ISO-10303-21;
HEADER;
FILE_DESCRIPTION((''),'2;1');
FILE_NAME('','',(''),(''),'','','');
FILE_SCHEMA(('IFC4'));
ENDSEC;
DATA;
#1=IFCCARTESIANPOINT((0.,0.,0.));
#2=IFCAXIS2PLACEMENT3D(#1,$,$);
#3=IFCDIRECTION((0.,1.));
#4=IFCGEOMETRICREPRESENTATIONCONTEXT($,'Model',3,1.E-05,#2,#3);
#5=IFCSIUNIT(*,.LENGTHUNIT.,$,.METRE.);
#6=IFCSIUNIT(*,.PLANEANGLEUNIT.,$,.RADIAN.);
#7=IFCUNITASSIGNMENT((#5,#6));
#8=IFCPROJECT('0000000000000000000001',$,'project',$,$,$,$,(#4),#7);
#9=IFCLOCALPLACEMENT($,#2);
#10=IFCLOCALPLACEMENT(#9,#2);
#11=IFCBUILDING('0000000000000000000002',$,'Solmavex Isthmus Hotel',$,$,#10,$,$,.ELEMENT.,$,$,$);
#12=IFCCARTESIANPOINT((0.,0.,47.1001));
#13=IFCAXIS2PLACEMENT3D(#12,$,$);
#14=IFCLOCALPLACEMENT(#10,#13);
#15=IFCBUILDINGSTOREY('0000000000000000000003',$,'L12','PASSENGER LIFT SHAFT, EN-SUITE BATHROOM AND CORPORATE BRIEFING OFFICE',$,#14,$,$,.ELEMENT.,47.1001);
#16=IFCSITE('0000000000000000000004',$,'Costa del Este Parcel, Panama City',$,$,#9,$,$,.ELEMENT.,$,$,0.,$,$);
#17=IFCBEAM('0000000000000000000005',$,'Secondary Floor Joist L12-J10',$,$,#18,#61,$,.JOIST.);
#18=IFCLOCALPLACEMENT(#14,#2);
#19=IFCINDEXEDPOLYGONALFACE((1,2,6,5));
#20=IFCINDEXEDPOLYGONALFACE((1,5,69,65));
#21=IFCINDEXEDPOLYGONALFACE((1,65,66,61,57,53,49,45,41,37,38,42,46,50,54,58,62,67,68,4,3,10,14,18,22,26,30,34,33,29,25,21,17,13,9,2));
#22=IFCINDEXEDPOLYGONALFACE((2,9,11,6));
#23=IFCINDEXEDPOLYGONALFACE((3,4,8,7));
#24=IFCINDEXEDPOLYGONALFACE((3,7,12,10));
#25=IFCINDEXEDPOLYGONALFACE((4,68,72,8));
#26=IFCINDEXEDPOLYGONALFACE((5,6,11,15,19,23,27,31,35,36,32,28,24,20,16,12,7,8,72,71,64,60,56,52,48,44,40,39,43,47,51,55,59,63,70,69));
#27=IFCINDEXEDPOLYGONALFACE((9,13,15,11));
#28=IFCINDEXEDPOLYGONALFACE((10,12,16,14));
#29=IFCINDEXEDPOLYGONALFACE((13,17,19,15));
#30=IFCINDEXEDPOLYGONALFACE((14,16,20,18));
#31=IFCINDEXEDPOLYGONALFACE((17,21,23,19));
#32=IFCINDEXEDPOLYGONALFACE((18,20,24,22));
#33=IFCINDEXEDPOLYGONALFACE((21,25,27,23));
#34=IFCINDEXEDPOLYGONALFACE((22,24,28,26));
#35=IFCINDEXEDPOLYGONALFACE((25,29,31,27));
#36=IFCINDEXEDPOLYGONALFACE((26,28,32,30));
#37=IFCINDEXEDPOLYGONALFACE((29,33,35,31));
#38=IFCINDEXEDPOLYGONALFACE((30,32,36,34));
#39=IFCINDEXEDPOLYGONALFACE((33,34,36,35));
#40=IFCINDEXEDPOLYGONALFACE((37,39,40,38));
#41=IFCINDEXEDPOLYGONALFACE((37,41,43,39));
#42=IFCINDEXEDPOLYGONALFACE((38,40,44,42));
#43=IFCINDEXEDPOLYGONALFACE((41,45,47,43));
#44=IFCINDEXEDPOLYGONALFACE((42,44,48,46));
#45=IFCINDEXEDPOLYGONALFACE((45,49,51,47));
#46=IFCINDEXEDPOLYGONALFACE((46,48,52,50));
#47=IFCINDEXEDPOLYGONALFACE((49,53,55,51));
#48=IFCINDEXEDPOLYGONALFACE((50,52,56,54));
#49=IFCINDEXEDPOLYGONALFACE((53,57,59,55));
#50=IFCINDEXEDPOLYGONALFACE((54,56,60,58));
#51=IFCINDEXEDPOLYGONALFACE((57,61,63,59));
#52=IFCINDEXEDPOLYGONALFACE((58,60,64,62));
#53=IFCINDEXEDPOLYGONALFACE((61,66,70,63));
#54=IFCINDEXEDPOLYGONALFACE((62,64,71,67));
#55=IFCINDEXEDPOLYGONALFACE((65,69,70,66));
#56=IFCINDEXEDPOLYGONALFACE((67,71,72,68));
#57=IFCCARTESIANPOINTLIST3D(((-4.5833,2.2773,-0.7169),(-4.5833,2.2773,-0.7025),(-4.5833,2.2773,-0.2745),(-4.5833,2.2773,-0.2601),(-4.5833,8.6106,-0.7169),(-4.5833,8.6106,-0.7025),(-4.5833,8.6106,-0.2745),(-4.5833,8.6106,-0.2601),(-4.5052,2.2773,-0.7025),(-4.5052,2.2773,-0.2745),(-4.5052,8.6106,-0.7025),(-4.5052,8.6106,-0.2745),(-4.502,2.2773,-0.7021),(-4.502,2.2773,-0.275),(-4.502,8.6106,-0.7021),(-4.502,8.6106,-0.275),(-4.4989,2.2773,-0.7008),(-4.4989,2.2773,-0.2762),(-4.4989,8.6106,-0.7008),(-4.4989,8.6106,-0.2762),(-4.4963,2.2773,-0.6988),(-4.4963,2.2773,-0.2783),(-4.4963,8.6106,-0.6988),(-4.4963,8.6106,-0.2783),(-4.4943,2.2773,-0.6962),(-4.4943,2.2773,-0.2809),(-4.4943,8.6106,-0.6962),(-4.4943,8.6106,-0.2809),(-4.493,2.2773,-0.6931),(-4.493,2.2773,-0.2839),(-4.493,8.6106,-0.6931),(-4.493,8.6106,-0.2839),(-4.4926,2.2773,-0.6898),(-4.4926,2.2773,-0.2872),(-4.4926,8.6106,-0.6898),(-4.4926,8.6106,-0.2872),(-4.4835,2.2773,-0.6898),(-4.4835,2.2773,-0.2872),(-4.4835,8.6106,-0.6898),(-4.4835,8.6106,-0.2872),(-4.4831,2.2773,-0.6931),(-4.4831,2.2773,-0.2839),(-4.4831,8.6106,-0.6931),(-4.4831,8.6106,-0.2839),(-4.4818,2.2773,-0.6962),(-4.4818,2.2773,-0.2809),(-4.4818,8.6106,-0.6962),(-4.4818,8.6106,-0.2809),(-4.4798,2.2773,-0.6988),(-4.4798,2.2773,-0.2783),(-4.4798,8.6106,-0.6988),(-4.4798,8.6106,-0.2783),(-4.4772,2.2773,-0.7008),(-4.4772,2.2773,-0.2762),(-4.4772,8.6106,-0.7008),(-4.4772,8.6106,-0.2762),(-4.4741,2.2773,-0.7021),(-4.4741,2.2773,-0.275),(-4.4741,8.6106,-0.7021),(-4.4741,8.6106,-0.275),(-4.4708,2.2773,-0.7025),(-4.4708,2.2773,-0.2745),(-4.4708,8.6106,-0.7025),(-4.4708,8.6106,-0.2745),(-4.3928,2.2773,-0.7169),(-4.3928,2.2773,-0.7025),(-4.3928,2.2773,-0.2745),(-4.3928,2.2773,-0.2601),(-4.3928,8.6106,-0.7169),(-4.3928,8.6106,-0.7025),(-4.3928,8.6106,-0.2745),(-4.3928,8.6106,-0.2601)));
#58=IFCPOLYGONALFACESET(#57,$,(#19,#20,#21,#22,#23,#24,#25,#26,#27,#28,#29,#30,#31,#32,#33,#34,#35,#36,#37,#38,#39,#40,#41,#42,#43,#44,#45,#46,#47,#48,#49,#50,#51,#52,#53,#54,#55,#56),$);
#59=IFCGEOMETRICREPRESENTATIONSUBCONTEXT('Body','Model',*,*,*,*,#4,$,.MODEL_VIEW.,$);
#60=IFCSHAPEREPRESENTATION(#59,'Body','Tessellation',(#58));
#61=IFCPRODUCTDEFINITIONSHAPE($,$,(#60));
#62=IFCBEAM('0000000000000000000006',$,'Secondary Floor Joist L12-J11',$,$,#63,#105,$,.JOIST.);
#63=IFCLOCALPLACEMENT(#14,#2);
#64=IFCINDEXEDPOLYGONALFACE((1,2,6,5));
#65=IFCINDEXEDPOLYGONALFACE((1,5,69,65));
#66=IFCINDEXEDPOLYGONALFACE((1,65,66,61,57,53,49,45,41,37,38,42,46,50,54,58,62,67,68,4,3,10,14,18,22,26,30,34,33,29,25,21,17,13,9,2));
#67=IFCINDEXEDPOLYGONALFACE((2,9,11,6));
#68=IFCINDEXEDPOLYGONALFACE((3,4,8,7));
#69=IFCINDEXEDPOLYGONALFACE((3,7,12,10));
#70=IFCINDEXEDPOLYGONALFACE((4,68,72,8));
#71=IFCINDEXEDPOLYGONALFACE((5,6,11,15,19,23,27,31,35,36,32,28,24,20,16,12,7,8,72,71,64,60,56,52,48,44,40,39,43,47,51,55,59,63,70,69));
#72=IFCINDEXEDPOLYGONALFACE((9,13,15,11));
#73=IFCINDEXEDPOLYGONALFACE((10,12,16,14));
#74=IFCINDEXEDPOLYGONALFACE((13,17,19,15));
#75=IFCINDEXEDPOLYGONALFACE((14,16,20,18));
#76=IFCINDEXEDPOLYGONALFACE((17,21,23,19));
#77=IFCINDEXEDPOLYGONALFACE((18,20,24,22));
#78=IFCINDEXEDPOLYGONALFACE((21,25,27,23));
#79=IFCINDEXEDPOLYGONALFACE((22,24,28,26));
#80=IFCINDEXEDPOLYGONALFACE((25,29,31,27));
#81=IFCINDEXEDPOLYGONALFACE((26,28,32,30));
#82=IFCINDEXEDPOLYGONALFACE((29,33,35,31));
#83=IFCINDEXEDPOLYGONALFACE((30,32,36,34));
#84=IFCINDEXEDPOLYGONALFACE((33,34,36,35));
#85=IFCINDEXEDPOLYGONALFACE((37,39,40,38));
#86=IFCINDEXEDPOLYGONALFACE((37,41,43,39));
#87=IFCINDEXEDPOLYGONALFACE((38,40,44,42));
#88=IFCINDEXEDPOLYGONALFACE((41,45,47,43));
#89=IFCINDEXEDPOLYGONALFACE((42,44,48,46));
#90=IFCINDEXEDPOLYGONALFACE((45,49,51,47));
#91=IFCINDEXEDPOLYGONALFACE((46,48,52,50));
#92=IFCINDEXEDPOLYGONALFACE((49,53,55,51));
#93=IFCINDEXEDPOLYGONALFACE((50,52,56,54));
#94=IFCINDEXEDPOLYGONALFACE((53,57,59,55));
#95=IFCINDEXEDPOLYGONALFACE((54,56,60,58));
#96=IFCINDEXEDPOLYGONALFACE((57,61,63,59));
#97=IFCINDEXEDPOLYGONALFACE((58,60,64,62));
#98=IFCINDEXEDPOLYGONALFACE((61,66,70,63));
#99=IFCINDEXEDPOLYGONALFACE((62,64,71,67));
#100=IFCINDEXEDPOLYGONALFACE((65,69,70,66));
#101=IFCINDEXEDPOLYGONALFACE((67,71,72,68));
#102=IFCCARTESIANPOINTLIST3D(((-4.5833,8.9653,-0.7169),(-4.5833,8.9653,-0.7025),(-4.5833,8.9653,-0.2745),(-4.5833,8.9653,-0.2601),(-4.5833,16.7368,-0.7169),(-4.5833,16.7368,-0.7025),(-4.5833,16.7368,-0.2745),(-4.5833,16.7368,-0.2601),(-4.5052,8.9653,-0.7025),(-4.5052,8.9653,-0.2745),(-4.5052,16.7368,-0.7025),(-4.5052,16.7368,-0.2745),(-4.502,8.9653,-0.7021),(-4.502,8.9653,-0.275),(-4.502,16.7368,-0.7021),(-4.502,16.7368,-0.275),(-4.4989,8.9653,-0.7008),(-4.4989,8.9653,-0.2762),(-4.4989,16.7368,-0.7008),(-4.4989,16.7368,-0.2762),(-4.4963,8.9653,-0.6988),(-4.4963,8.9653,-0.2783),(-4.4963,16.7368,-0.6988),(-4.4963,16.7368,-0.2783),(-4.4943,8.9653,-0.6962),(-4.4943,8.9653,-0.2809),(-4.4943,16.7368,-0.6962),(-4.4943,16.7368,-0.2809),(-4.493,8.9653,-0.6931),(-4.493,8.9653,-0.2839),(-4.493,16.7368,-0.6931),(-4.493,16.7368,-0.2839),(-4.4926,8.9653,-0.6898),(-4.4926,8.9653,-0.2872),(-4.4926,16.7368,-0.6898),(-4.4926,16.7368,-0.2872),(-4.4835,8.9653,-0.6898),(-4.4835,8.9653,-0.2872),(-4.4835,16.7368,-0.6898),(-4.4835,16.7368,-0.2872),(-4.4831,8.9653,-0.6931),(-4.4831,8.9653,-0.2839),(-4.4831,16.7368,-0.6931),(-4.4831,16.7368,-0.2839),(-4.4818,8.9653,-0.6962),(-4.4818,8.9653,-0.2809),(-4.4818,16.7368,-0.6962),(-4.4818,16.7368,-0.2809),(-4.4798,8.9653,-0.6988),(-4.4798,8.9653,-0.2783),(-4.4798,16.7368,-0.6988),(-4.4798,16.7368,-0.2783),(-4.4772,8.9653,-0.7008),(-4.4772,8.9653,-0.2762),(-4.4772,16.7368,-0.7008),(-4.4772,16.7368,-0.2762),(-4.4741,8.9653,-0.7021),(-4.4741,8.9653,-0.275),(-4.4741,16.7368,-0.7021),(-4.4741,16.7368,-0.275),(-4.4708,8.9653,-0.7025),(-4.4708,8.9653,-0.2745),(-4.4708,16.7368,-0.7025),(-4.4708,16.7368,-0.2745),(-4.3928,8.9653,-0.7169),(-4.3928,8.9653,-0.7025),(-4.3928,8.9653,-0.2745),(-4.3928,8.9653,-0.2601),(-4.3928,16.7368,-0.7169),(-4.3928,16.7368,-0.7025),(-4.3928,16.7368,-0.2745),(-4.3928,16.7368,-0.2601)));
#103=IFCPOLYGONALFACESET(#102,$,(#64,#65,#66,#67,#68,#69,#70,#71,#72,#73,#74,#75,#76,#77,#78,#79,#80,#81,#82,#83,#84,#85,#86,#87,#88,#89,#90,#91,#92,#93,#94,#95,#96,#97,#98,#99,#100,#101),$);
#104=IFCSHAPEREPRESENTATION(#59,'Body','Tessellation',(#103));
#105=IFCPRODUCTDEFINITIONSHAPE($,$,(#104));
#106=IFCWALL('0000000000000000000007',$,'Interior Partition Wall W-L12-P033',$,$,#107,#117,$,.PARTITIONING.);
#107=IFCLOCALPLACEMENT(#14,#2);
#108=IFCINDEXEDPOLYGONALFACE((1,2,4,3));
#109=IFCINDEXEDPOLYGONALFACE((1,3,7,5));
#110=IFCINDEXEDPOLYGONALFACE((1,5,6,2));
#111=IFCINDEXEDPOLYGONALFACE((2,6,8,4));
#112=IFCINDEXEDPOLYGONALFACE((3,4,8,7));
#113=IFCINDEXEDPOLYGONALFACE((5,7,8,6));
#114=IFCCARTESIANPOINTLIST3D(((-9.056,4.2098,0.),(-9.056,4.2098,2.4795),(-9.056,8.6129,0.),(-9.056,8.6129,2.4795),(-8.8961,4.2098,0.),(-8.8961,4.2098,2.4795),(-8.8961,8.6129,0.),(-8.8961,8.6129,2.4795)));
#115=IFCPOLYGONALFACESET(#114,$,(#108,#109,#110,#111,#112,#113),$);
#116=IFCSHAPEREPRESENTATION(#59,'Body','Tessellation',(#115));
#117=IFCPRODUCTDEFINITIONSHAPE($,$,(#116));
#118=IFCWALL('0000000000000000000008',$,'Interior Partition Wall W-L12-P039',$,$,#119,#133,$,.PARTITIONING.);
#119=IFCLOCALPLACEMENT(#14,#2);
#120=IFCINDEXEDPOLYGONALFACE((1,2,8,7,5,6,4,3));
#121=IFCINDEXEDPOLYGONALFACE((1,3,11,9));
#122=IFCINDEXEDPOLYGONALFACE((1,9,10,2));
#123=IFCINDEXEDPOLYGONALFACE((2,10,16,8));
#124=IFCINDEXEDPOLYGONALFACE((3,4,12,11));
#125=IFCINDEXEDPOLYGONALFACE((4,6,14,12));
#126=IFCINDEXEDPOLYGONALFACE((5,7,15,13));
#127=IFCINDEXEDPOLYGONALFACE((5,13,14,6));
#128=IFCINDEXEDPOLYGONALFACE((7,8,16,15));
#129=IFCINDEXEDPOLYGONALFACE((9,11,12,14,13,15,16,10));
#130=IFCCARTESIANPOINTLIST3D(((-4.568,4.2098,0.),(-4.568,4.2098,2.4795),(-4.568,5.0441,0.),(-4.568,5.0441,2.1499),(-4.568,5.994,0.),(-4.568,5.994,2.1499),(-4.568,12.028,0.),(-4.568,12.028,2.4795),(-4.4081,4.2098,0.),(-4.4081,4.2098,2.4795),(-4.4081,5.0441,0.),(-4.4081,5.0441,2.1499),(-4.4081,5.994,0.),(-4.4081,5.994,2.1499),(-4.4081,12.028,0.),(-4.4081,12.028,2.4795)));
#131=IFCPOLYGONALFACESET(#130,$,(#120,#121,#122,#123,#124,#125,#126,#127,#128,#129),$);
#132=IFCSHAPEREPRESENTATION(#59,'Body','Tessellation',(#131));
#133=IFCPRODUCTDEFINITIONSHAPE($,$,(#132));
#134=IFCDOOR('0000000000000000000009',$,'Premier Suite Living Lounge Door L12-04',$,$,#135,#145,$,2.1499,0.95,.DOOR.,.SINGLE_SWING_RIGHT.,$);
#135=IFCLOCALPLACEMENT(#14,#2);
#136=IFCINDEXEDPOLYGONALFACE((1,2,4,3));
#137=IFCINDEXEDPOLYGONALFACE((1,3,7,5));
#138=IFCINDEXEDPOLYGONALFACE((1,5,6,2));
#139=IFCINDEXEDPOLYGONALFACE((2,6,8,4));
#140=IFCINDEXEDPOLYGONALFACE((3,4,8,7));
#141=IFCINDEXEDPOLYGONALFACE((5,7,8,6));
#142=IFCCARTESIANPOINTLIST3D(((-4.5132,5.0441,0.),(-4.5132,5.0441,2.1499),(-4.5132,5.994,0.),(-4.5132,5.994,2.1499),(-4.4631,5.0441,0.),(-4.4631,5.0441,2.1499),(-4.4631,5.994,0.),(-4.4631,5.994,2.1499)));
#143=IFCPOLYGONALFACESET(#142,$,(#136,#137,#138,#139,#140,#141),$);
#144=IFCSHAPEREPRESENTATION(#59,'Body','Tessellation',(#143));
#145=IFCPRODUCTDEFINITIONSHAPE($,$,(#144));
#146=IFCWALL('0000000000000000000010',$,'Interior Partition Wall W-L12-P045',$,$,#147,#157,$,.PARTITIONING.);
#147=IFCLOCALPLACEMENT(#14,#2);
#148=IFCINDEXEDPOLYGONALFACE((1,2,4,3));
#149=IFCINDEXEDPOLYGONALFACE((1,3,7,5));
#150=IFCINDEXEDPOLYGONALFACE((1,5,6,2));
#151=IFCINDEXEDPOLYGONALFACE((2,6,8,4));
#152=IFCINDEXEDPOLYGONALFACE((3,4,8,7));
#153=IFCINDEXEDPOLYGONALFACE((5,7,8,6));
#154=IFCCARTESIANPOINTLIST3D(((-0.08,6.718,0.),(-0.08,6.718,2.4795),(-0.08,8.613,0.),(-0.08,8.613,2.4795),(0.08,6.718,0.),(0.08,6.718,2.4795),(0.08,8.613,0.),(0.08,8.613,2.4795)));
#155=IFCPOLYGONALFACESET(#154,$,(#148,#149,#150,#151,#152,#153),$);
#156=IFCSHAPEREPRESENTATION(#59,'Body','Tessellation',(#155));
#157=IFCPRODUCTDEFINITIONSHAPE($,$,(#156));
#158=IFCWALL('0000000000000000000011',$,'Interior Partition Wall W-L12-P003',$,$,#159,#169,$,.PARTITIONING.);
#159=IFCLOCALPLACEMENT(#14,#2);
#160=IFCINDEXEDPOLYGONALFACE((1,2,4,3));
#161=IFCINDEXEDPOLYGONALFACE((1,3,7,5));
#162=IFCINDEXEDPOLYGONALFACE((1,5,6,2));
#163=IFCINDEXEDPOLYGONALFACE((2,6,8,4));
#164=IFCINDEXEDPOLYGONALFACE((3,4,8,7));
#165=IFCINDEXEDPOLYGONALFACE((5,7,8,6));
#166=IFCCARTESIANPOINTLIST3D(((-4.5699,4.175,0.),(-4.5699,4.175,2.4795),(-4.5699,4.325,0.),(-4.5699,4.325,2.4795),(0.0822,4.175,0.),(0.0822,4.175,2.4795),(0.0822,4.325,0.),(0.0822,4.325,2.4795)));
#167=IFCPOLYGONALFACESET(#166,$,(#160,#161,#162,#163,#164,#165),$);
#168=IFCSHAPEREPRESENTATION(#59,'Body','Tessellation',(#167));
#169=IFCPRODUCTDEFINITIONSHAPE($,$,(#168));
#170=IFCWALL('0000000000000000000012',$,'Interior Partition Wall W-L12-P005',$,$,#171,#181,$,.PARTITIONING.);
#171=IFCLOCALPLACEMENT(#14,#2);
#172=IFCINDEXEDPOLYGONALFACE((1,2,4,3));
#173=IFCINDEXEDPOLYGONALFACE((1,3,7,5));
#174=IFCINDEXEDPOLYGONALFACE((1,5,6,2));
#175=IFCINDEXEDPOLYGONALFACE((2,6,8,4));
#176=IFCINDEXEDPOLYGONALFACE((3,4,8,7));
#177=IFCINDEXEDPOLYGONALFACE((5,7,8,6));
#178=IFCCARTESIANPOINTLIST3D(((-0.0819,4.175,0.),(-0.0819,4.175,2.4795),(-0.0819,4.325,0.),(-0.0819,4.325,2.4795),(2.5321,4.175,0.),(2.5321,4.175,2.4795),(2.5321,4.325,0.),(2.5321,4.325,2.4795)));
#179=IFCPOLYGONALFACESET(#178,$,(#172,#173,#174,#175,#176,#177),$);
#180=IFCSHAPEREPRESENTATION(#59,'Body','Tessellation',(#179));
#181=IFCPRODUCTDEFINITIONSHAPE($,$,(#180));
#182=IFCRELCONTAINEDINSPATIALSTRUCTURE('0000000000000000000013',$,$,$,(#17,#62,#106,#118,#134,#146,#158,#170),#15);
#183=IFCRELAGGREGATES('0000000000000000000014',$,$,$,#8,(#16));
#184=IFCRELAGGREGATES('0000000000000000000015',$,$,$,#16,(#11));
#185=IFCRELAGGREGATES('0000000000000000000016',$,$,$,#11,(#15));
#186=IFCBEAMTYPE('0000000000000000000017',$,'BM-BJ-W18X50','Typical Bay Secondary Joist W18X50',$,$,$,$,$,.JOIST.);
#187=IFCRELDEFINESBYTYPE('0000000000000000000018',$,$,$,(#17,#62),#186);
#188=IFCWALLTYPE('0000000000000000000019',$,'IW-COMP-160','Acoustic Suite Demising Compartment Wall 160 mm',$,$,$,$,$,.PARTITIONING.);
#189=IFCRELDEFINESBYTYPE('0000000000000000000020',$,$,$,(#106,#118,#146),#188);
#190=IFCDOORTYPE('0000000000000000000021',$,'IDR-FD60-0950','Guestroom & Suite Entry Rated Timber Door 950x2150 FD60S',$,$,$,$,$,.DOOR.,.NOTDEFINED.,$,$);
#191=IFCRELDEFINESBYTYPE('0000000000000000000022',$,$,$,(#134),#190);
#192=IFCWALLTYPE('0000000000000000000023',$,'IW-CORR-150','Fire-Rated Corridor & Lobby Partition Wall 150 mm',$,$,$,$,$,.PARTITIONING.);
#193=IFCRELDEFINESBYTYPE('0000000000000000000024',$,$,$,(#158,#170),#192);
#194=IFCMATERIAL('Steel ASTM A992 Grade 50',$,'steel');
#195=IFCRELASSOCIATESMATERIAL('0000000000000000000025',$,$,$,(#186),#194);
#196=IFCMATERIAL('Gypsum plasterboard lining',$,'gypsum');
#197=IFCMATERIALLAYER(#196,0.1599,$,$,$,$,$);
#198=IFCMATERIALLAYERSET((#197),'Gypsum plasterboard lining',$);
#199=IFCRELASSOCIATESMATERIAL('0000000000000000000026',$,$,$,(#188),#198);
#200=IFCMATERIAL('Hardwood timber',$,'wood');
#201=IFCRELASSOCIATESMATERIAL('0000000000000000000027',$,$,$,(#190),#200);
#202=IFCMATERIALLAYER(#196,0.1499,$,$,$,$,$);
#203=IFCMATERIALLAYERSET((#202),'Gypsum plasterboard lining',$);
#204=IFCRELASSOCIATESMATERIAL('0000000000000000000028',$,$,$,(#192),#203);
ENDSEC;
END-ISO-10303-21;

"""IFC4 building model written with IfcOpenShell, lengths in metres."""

from ifc_helpers import new_model, si_unit, direction, frame, frame_2d, origin, origin_2d, place, context, subcontext, project, spatial, rectangle, i_section, extrude, material, layer, layer_set, material_profile, profile_set, type_object, element, fill, save


model = new_model("IFC4")

# Units and contexts
model_context = context("Model", 3, precision=1e-05, world=origin(), true_north=direction((0.0, 1.0)))
body_context = subcontext(model_context, "Body", "Model", "MODEL_VIEW")
ifc_project = project(units=[si_unit("LENGTHUNIT", "METRE"), si_unit("PLANEANGLEUNIT", "RADIAN")], contexts=[model_context])

# Site, building, storey
site_placement = place(None, origin())
site = spatial("IfcSite", under=ifc_project, at=site_placement, Name="Costa del Este Parcel, Panama City", CompositionType="ELEMENT", RefElevation=0.0)
building_placement = place(site_placement, origin())
building = spatial("IfcBuilding", under=site, at=building_placement, Name="Solmavex Isthmus Hotel", CompositionType="ELEMENT")
storey_placement = place(building_placement, frame((0.0, 0.0, 47.1001)))
storey = spatial("IfcBuildingStorey", under=building, at=storey_placement, Name="L12", Description="PASSENGER LIFT SHAFT, EN-SUITE BATHROOM AND CORPORATE BRIEFING OFFICE", CompositionType="ELEMENT", Elevation=47.1001)

# Beams
ifc_material_1 = material(Name="Steel ASTM A992 Grade 50", Category="steel")
ifc_material_profile_1 = material_profile(ifc_material_1, i_section(OverallWidth=0.1904, OverallDepth=0.4568, WebThickness=0.009, FlangeThickness=0.0144, FilletRadius=0.0127, at=origin_2d()), Name="W18X50")
ifc_profile_set_1 = profile_set([ifc_material_profile_1], Name="Steel ASTM A992 Grade 50")
beam_type_1 = type_object("IfcBeamType", Name="BM-BJ-W18X50", Description="Typical Bay Secondary Joist W18X50", PredefinedType="JOIST", material=ifc_profile_set_1)
beam_1_placement = place(storey_placement, frame((-4.488, 2.2773, -0.4885), z_axis=(0.0, 1.0, 0.0), x_axis=(-1.0, 0.0, 0.0)))
element("IfcBeam", 1, at=beam_1_placement, inside=storey, type_object=beam_type_1, Name="Secondary Floor Joist L12-J10", PredefinedType="JOIST", context=body_context, shape_type="SweptSolid", body=[
    extrude(i_section(OverallWidth=0.1904, OverallDepth=0.4568, WebThickness=0.009, FlangeThickness=0.0144, FilletRadius=0.0127, at=origin_2d()), origin(), (0.0, 0.0, 1.0), 6.3333),
])
beam_2_placement = place(storey_placement, frame((-4.488, 8.9653, -0.4885), z_axis=(0.0, 1.0, 0.0), x_axis=(-1.0, 0.0, 0.0)))
element("IfcBeam", 2, at=beam_2_placement, inside=storey, type_object=beam_type_1, Name="Secondary Floor Joist L12-J11", PredefinedType="JOIST", context=body_context, shape_type="SweptSolid", body=[
    extrude(i_section(OverallWidth=0.1904, OverallDepth=0.4568, WebThickness=0.009, FlangeThickness=0.0144, FilletRadius=0.0127, at=origin_2d()), origin(), (0.0, 0.0, 1.0), 7.7715),
])

# Wall
ifc_material_2 = material(Name="Gypsum plasterboard lining", Category="gypsum")
ifc_layer_1 = layer(ifc_material_2, 0.1599)
ifc_layer_set_1 = layer_set([ifc_layer_1], Name="Gypsum plasterboard lining")
wall_type_1 = type_object("IfcWallType", Name="IW-COMP-160", Description="Acoustic Suite Demising Compartment Wall 160 mm", PredefinedType="PARTITIONING", material=ifc_layer_set_1)
wall_1_placement = place(storey_placement, frame((-8.9761, 8.613, 0.0), z_axis=(0.0, 0.0, 1.0), x_axis=(0.0, -1.0, 0.0)))
element("IfcWall", 3, at=wall_1_placement, inside=storey, type_object=wall_type_1, Name="Interior Partition Wall W-L12-P033", PredefinedType="PARTITIONING", context=body_context, shape_type="SweptSolid", body=[
    extrude(rectangle(XDim=4.4031, YDim=0.1599, at=frame_2d((2.2017, 0.0))), origin(), (0.0, 0.0, 1.0), 2.4795),
])

# Wall, opening, door
ifc_material_3 = material(Name="Hardwood timber", Category="wood")
door_type = type_object("IfcDoorType", Name="IDR-FD60-0950", Description="Guestroom & Suite Entry Rated Timber Door 950x2150 FD60S", OperationType="NOTDEFINED", PredefinedType="DOOR", material=ifc_material_3)
wall_2_placement = place(storey_placement, frame((-4.488, 12.0281, 0.0), z_axis=(0.0, 0.0, 1.0), x_axis=(0.0, -1.0, 0.0)))
wall_2 = element("IfcWall", 4, at=wall_2_placement, inside=storey, type_object=wall_type_1, Name="Interior Partition Wall W-L12-P039", PredefinedType="PARTITIONING", context=body_context, shape_type="SweptSolid", body=[
    extrude(rectangle(XDim=7.8181, YDim=0.1599, at=frame_2d((3.9092, 0.0))), origin(), (0.0, 0.0, 1.0), 2.4795),
])
opening_1_placement = place(wall_2_placement, frame((6.0339, 0.0, 0.0)))
opening_1 = element("IfcOpeningElement", 5, at=opening_1_placement, cuts=wall_2, PredefinedType="OPENING", context=body_context, shape_type="SweptSolid", body=[
    extrude(rectangle(XDim=0.95, YDim=2.1499, at=frame_2d((0.4751, 1.075))), frame((0.0, 0.0898, 0.0), z_axis=(0.0, -1.0, 0.0), x_axis=(1.0, 0.0, 0.0)), (0.0, 0.0, 1.0), 0.1799),
])
door_1_placement = place(opening_1_placement, origin())
door_1 = element("IfcDoor", 6, at=door_1_placement, inside=storey, type_object=door_type, Name="Premier Suite Living Lounge Door L12-04", OperationType="SINGLE_SWING_RIGHT", OverallHeight=2.1499, OverallWidth=0.95, PredefinedType="DOOR", context=body_context, shape_type="SweptSolid", body=[
    extrude(rectangle(XDim=0.95, YDim=2.1499, at=frame_2d((0.4751, 1.075))), frame((0.0, 0.0249, 0.0), z_axis=(0.0, -1.0, 0.0), x_axis=(1.0, 0.0, 0.0)), (0.0, 0.0, 1.0), 0.05),
])
fill(opening_1, door_1)

# Wall
wall_3_placement = place(storey_placement, frame((0.0, 8.613, 0.0), z_axis=(0.0, 0.0, 1.0), x_axis=(0.0, -1.0, 0.0)))
element("IfcWall", 7, at=wall_3_placement, inside=storey, type_object=wall_type_1, Name="Interior Partition Wall W-L12-P045", PredefinedType="PARTITIONING", context=body_context, shape_type="SweptSolid", body=[
    extrude(rectangle(XDim=1.895, YDim=0.1599, at=frame_2d((0.9475, 0.0))), origin(), (0.0, 0.0, 1.0), 2.4795),
])

# Shared definitions
ifc_layer_2 = layer(ifc_material_2, 0.1499)
ifc_layer_set_2 = layer_set([ifc_layer_2], Name="Gypsum plasterboard lining")
wall_type_2 = type_object("IfcWallType", Name="IW-CORR-150", Description="Fire-Rated Corridor & Lobby Partition Wall 150 mm", PredefinedType="PARTITIONING", material=ifc_layer_set_2)

# Walls
wall_4_placement = place(storey_placement, frame((-4.5701, 4.25, 0.0), z_axis=(0.0, 0.0, 1.0), x_axis=(1.0, 0.0, 0.0)))
element("IfcWall", 8, at=wall_4_placement, inside=storey, type_object=wall_type_2, Name="Interior Partition Wall W-L12-P003", PredefinedType="PARTITIONING", context=body_context, shape_type="SweptSolid", body=[
    extrude(rectangle(XDim=4.6521, YDim=0.1499, at=frame_2d((2.3262, 0.0))), origin(), (0.0, 0.0, 1.0), 2.4795),
])
wall_5_placement = place(storey_placement, frame((-0.082, 4.25, 0.0), z_axis=(0.0, 0.0, 1.0), x_axis=(1.0, 0.0, 0.0)))
element("IfcWall", 9, at=wall_5_placement, inside=storey, type_object=wall_type_2, Name="Interior Partition Wall W-L12-P005", PredefinedType="PARTITIONING", context=body_context, shape_type="SweptSolid", body=[
    extrude(rectangle(XDim=2.614, YDim=0.1499, at=frame_2d((1.3071, 0.0))), origin(), (0.0, 0.0, 1.0), 2.4795),
])

save(model, "model.ifc")
